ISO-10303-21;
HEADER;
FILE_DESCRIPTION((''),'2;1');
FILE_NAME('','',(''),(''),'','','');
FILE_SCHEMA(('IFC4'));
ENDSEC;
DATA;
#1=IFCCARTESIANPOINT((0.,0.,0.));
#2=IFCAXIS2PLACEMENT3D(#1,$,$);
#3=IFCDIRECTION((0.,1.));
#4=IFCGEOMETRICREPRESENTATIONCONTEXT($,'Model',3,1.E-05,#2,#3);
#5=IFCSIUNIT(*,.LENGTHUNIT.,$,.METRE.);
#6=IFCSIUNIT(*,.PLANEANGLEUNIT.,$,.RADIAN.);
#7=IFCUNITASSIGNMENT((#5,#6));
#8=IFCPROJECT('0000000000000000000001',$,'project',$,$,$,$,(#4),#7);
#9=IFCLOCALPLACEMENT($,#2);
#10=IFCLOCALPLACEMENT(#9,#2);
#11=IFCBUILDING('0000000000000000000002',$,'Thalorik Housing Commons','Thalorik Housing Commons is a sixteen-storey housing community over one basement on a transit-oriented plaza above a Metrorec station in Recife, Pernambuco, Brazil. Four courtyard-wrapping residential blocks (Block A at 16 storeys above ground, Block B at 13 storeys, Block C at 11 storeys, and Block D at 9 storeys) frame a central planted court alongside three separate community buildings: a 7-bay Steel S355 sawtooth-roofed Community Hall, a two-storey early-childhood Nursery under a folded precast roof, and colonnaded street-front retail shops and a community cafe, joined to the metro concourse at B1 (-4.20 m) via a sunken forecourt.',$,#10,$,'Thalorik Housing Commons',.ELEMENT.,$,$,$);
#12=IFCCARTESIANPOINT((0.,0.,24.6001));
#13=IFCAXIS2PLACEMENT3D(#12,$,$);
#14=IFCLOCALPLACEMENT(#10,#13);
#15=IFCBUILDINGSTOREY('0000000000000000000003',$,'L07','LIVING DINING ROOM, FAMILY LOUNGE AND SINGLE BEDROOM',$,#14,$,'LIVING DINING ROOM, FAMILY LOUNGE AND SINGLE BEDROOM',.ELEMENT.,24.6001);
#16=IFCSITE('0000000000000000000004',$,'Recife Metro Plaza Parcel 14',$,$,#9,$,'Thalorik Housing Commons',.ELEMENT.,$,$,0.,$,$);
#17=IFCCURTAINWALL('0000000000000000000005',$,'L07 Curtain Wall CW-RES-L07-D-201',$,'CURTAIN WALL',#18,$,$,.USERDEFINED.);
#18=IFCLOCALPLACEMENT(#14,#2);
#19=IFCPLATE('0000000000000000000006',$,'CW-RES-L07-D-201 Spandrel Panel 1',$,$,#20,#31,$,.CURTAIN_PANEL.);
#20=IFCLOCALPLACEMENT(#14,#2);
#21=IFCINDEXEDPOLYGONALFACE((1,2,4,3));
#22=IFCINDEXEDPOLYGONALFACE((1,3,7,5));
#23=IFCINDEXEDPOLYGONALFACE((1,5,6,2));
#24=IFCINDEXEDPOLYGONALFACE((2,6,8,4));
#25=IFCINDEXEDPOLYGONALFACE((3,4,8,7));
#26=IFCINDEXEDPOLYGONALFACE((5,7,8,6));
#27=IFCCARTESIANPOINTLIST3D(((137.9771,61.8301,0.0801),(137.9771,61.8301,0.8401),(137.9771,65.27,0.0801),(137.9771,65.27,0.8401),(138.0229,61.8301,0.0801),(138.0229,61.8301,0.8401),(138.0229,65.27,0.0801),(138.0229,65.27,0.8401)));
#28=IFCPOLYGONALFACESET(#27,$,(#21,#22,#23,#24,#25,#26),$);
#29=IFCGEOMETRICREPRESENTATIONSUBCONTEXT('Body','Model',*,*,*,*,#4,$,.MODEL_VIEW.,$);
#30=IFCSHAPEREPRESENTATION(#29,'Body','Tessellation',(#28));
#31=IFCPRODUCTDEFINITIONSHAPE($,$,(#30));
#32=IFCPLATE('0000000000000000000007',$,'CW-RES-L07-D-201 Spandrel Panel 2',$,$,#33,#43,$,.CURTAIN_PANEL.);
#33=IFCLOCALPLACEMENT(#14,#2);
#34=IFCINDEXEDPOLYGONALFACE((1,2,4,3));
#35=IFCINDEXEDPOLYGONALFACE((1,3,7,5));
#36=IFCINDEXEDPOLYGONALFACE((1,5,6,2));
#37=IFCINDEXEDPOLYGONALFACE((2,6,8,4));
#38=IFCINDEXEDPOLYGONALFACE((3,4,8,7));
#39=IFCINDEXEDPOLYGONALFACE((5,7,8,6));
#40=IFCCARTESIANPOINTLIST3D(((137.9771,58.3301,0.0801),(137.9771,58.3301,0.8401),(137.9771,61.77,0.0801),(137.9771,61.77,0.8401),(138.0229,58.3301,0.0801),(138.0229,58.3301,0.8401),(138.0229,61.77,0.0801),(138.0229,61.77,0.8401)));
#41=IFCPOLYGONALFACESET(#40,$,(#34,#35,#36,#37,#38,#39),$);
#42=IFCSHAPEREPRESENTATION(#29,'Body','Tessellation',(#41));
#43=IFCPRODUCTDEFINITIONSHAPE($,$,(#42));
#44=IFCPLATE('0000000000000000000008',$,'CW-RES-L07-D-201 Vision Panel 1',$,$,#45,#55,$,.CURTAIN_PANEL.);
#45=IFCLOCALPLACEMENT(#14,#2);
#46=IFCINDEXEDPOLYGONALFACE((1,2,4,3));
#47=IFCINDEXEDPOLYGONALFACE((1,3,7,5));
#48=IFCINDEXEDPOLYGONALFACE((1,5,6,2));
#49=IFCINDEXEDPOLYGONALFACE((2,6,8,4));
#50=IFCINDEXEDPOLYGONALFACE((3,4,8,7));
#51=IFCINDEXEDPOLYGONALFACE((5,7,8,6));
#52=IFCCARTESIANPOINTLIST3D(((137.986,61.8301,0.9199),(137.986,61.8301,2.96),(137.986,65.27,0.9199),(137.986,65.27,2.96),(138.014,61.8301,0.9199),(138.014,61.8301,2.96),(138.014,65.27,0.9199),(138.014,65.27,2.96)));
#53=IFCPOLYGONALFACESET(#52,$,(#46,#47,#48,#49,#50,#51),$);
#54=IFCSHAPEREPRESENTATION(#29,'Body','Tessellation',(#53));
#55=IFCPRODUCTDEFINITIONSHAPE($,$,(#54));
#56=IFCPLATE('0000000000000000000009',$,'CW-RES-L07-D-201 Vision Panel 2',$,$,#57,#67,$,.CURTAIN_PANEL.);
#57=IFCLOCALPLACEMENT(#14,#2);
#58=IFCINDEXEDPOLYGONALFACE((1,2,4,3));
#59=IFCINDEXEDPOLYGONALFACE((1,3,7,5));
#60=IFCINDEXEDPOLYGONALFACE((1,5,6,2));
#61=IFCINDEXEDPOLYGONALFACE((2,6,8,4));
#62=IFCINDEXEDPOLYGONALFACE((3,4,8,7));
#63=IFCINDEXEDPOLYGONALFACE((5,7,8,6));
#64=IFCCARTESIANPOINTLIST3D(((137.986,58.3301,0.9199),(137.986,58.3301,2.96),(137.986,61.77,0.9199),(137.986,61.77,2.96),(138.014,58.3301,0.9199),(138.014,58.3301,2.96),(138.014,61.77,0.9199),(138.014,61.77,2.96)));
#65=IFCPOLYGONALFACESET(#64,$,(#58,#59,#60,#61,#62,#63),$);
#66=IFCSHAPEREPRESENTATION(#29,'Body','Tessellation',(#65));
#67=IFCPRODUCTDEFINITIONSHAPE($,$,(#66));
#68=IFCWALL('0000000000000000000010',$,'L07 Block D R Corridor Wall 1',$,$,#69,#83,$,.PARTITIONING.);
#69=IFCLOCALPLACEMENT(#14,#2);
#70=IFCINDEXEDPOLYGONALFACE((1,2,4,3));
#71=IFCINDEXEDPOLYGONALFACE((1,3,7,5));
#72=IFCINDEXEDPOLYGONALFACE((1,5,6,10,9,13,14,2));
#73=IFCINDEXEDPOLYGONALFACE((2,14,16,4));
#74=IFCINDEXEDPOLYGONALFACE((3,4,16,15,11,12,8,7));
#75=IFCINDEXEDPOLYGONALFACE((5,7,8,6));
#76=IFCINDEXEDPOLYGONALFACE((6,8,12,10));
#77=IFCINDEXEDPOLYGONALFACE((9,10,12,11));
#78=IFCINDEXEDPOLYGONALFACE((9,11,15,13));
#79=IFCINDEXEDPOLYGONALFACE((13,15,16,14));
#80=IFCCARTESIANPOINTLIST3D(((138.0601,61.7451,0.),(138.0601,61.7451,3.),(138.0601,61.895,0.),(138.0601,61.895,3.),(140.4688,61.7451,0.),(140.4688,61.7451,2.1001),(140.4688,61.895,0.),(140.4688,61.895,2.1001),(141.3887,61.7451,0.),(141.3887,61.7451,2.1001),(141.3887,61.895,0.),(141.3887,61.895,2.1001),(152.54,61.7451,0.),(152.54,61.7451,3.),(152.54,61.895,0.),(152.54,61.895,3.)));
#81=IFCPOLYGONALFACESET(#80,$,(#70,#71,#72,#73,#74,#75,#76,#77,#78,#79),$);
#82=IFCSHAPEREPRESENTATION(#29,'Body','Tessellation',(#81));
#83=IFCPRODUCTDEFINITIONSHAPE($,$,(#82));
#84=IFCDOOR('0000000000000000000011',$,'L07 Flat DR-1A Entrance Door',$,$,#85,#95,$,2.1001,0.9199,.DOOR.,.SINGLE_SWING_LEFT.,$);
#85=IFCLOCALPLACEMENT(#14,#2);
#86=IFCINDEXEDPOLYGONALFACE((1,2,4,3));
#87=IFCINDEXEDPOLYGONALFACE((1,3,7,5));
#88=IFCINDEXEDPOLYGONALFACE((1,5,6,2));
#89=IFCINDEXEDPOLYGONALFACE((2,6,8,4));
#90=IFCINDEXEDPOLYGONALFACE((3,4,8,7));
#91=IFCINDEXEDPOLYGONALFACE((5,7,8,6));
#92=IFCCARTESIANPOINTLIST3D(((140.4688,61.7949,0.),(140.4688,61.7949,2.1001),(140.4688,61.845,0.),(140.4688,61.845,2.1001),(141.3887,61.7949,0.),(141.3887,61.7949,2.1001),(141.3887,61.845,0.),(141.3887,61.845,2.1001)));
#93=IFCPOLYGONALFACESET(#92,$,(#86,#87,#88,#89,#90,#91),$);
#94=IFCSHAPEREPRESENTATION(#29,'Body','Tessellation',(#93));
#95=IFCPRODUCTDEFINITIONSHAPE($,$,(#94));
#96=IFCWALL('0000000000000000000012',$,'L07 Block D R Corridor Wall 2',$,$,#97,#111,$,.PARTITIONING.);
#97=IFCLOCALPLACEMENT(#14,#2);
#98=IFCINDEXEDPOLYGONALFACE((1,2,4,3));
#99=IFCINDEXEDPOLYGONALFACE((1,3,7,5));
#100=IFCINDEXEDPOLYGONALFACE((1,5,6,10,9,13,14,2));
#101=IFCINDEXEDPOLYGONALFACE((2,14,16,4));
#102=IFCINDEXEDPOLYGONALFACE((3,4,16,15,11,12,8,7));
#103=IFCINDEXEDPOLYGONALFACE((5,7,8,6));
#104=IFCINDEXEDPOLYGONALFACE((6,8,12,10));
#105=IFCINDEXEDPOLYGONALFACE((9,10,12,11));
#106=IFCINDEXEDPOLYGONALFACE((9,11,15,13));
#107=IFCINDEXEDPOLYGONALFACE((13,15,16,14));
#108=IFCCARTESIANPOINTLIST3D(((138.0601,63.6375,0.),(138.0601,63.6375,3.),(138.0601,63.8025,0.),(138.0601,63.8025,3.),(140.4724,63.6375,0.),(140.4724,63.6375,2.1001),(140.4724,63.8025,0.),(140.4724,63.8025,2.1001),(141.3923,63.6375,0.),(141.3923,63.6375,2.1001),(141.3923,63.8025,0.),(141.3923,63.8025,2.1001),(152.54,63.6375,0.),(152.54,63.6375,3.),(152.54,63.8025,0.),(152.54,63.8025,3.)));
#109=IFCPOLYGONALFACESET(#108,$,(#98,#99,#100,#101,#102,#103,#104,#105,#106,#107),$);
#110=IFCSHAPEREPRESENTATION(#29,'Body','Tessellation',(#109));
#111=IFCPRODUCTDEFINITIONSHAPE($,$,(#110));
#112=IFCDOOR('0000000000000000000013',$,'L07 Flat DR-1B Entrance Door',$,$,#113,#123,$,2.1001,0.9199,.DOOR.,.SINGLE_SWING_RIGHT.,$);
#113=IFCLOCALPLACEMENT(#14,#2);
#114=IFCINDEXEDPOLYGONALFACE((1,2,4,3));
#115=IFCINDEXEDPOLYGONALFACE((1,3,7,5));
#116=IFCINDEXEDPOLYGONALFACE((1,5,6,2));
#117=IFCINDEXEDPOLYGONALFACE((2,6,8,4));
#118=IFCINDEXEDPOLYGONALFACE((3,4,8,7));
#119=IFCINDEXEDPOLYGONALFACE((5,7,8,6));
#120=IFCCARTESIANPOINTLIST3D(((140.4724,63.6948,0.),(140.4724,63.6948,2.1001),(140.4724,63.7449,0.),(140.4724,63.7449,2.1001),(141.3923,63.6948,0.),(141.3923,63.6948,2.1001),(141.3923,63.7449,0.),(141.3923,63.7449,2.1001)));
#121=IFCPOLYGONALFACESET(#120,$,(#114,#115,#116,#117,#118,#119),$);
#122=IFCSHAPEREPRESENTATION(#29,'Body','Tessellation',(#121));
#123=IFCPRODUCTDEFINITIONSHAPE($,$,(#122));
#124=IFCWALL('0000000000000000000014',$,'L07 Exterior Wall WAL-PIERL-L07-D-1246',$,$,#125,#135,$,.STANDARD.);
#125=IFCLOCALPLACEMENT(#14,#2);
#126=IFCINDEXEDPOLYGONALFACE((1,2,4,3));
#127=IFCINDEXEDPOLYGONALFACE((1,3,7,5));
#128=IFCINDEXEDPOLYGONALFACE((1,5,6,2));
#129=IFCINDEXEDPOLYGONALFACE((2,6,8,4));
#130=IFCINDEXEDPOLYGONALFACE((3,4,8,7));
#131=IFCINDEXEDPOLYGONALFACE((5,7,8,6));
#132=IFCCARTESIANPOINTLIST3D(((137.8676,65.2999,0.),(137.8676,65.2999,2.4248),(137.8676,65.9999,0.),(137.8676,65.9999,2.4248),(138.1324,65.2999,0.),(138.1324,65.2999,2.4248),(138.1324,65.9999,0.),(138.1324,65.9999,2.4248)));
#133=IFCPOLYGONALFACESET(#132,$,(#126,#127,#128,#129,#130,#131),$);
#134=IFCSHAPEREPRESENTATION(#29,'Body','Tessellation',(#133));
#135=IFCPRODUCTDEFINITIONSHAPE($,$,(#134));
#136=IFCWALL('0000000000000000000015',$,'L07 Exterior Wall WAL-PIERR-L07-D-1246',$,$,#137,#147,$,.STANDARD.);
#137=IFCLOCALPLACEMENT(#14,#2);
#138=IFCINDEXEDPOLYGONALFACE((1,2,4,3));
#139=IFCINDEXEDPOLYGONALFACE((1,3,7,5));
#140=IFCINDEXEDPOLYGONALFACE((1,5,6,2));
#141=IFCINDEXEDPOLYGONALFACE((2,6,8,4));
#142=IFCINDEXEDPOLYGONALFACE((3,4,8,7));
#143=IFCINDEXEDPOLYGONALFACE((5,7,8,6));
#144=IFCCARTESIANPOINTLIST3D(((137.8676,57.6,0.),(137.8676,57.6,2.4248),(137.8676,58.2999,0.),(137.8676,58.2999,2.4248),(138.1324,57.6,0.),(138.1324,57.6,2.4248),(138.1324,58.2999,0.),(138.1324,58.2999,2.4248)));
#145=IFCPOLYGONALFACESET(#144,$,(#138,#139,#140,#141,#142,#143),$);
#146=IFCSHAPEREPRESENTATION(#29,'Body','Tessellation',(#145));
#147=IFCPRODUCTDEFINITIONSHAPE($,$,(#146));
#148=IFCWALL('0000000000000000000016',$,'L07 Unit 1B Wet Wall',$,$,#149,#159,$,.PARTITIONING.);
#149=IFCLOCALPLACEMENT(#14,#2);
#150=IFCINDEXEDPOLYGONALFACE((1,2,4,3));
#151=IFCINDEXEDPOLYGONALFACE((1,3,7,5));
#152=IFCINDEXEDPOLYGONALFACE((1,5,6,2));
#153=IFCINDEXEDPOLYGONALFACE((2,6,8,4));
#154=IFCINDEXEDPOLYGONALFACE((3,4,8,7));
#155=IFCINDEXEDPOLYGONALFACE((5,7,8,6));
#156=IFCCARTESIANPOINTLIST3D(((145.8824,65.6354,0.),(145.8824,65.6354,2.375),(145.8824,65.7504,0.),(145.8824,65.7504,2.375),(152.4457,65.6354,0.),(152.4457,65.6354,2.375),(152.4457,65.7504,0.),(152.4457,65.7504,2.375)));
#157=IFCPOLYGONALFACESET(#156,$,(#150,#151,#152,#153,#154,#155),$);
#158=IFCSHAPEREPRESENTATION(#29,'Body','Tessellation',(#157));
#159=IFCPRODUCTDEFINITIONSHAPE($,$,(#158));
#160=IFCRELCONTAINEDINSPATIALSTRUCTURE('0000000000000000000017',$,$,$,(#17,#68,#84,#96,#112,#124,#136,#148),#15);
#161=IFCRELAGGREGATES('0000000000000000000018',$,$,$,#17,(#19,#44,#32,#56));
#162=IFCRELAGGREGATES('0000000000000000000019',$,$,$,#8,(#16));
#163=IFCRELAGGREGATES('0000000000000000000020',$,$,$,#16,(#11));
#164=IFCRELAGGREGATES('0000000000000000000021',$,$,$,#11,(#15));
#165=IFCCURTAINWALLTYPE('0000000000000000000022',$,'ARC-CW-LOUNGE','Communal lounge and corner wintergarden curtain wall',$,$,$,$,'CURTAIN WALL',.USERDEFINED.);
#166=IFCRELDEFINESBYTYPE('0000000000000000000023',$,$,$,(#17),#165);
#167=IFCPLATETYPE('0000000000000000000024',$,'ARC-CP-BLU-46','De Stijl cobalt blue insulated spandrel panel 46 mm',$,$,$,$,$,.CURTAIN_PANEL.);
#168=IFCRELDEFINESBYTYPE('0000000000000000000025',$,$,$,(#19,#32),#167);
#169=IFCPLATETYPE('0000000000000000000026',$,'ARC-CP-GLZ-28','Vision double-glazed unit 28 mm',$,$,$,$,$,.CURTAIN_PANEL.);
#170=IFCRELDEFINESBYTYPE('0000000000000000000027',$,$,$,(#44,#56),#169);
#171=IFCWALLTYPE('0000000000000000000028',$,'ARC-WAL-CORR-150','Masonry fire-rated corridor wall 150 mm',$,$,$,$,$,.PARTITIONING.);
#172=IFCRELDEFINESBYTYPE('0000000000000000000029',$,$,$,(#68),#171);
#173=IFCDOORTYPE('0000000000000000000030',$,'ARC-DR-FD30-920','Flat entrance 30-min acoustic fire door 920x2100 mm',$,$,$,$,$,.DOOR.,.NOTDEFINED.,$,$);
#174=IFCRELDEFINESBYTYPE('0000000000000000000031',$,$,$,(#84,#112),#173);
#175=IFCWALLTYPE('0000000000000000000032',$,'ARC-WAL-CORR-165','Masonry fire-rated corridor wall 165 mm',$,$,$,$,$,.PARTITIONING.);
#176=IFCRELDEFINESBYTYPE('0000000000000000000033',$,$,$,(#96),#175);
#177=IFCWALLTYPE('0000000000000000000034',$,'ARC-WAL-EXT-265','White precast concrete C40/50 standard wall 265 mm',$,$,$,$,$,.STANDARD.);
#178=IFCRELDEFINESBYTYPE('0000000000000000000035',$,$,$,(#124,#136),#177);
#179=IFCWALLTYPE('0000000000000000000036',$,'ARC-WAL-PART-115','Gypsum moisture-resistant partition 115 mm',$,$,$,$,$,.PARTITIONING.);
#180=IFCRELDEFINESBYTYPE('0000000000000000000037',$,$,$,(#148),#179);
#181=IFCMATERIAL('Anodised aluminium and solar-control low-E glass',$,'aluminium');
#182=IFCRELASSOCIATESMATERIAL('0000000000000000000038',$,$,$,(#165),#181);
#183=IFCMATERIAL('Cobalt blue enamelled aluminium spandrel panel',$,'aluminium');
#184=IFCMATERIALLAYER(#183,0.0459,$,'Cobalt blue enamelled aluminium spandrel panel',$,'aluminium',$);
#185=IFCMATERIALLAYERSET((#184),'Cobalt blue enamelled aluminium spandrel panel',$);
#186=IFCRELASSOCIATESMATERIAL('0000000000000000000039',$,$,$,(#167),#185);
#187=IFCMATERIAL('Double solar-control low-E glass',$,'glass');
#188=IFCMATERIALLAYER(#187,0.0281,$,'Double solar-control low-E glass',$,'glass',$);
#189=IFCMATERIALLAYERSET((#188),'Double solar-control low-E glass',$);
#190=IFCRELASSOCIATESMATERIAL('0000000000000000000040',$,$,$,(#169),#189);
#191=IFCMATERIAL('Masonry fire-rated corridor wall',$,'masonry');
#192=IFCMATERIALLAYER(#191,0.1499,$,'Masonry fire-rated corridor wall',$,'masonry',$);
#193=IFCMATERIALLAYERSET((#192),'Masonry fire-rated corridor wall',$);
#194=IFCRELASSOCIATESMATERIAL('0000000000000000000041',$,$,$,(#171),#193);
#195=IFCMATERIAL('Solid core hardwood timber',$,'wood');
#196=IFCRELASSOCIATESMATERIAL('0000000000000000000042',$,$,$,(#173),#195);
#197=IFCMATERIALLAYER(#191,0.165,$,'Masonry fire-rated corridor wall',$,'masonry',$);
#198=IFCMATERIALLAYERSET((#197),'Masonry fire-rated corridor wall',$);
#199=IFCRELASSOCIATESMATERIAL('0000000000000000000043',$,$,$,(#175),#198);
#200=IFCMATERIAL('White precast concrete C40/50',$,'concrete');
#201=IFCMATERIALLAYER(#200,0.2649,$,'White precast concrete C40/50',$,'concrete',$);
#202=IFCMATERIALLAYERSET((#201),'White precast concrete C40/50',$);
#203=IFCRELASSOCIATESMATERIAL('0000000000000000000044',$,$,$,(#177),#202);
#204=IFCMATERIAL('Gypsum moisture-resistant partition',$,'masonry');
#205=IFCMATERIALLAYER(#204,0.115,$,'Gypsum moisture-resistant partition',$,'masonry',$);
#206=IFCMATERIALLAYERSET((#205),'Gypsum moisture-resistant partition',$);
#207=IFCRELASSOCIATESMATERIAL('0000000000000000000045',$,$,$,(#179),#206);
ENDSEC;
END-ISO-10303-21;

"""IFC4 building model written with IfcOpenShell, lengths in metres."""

from ifc_helpers import new_model, si_unit, direction, frame, frame_2d, origin, origin_2d, place, context, subcontext, project, spatial, rectangle, extrude, material, layer, layer_set, type_object, element, fill, aggregate, save


model = new_model("IFC4")

# Units and contexts
model_context = context("Model", 3, precision=1e-05, world=origin(), true_north=direction((0.0, 1.0)))
body_context = subcontext(model_context, "Body", "Model", "MODEL_VIEW")
ifc_project = project(units=[si_unit("LENGTHUNIT", "METRE"), si_unit("PLANEANGLEUNIT", "RADIAN")], contexts=[model_context])

# Site, building, storey
site_placement = place(None, origin())
site = spatial("IfcSite", under=ifc_project, at=site_placement, Name="Recife Metro Plaza Parcel 14", LongName="Thalorik Housing Commons", CompositionType="ELEMENT", RefElevation=0.0)
building_placement = place(site_placement, origin())
building = spatial("IfcBuilding", under=site, at=building_placement, Name="Thalorik Housing Commons", Description="Thalorik Housing Commons is a sixteen-storey housing community over one basement on a transit-oriented plaza above a Metrorec station in Recife, Pernambuco, Brazil. Four courtyard-wrapping residential blocks (Block A at 16 storeys above ground, Block B at 13 storeys, Block C at 11 storeys, and Block D at 9 storeys) frame a central planted court alongside three separate community buildings: a 7-bay Steel S355 sawtooth-roofed Community Hall, a two-storey early-childhood Nursery under a folded precast roof, and colonnaded street-front retail shops and a community cafe, joined to the metro concourse at B1 (-4.20 m) via a sunken forecourt.", LongName="Thalorik Housing Commons", CompositionType="ELEMENT")
storey_placement = place(building_placement, frame((0.0, 0.0, 24.6001)))
storey = spatial("IfcBuildingStorey", under=building, at=storey_placement, Name="L07", Description="LIVING DINING ROOM, FAMILY LOUNGE AND SINGLE BEDROOM", LongName="LIVING DINING ROOM, FAMILY LOUNGE AND SINGLE BEDROOM", CompositionType="ELEMENT", Elevation=24.6001)

# Curtain wall
ifc_material_1 = material(Name="Anodised aluminium and solar-control low-E glass", Category="aluminium")
curtain_wall_type = type_object("IfcCurtainWallType", Name="ARC-CW-LOUNGE", Description="Communal lounge and corner wintergarden curtain wall", ElementType="CURTAIN WALL", PredefinedType="USERDEFINED", material=ifc_material_1)
curtain_wall_placement = place(storey_placement, origin())
curtain_wall = element("IfcCurtainWall", 1, at=curtain_wall_placement, inside=storey, type_object=curtain_wall_type, Name="L07 Curtain Wall CW-RES-L07-D-201", ObjectType="CURTAIN WALL", PredefinedType="USERDEFINED")

# Plates
ifc_material_2 = material(Name="Cobalt blue enamelled aluminium spandrel panel", Category="aluminium")
ifc_layer_1 = layer(ifc_material_2, 0.0459, Name="Cobalt blue enamelled aluminium spandrel panel", Category="aluminium")
ifc_layer_set_1 = layer_set([ifc_layer_1], Name="Cobalt blue enamelled aluminium spandrel panel")
plate_type_1 = type_object("IfcPlateType", Name="ARC-CP-BLU-46", Description="De Stijl cobalt blue insulated spandrel panel 46 mm", PredefinedType="CURTAIN_PANEL", material=ifc_layer_set_1)
plate_1_placement = place(storey_placement, frame((138.0, 63.55, 0.0801), z_axis=(0.0, 0.0, 1.0), x_axis=(0.0, -1.0, 0.0)))
plate_1 = element("IfcPlate", 2, at=plate_1_placement, type_object=plate_type_1, Name="CW-RES-L07-D-201 Spandrel Panel 1", PredefinedType="CURTAIN_PANEL", context=body_context, shape_type="SweptSolid", body=[
    extrude(rectangle(XDim=3.4399, YDim=0.0459, at=origin_2d()), origin(), (0.0, 0.0, 1.0), 0.76),
])
plate_2_placement = place(storey_placement, frame((138.0, 60.05, 0.0801), z_axis=(0.0, 0.0, 1.0), x_axis=(0.0, -1.0, 0.0)))
plate_2 = element("IfcPlate", 3, at=plate_2_placement, type_object=plate_type_1, Name="CW-RES-L07-D-201 Spandrel Panel 2", PredefinedType="CURTAIN_PANEL", context=body_context, shape_type="SweptSolid", body=[
    extrude(rectangle(XDim=3.4399, YDim=0.0459, at=origin_2d()), origin(), (0.0, 0.0, 1.0), 0.76),
])
ifc_material_3 = material(Name="Double solar-control low-E glass", Category="glass")
ifc_layer_2 = layer(ifc_material_3, 0.0281, Name="Double solar-control low-E glass", Category="glass")
ifc_layer_set_2 = layer_set([ifc_layer_2], Name="Double solar-control low-E glass")
plate_type_2 = type_object("IfcPlateType", Name="ARC-CP-GLZ-28", Description="Vision double-glazed unit 28 mm", PredefinedType="CURTAIN_PANEL", material=ifc_layer_set_2)
plate_3_placement = place(storey_placement, frame((138.0, 63.55, 0.9199), z_axis=(0.0, 0.0, 1.0), x_axis=(0.0, -1.0, 0.0)))
plate_3 = element("IfcPlate", 4, at=plate_3_placement, type_object=plate_type_2, Name="CW-RES-L07-D-201 Vision Panel 1", PredefinedType="CURTAIN_PANEL", context=body_context, shape_type="SweptSolid", body=[
    extrude(rectangle(XDim=3.4399, YDim=0.0281, at=origin_2d()), origin(), (0.0, 0.0, 1.0), 2.04),
])
plate_4_placement = place(storey_placement, frame((138.0, 60.05, 0.9199), z_axis=(0.0, 0.0, 1.0), x_axis=(0.0, -1.0, 0.0)))
plate_4 = element("IfcPlate", 5, at=plate_4_placement, type_object=plate_type_2, Name="CW-RES-L07-D-201 Vision Panel 2", PredefinedType="CURTAIN_PANEL", context=body_context, shape_type="SweptSolid", body=[
    extrude(rectangle(XDim=3.4399, YDim=0.0281, at=origin_2d()), origin(), (0.0, 0.0, 1.0), 2.04),
])
aggregate(curtain_wall, [plate_1, plate_3, plate_2, plate_4])

# Walls, openings, doors
ifc_material_4 = material(Name="Masonry fire-rated corridor wall", Category="masonry")
ifc_layer_3 = layer(ifc_material_4, 0.1499, Name="Masonry fire-rated corridor wall", Category="masonry")
ifc_layer_set_3 = layer_set([ifc_layer_3], Name="Masonry fire-rated corridor wall")
wall_type_1 = type_object("IfcWallType", Name="ARC-WAL-CORR-150", Description="Masonry fire-rated corridor wall 150 mm", PredefinedType="PARTITIONING", material=ifc_layer_set_3)
wall_1_placement = place(storey_placement, frame((138.0601, 61.8201, 0.0), z_axis=(0.0, 0.0, 1.0), x_axis=(1.0, 0.0, 0.0)))
wall_1 = element("IfcWall", 6, at=wall_1_placement, inside=storey, type_object=wall_type_1, Name="L07 Block D R Corridor Wall 1", PredefinedType="PARTITIONING", context=body_context, shape_type="SweptSolid", body=[
    extrude(rectangle(XDim=14.48, YDim=0.1499, at=frame_2d((7.24, 0.0))), origin(), (0.0, 0.0, 1.0), 3.0),
])
opening_1_placement = place(wall_1_placement, frame((2.4087, 0.0, 0.0)))
opening_1 = element("IfcOpeningElement", 7, at=opening_1_placement, cuts=wall_1, PredefinedType="OPENING", context=body_context, shape_type="SweptSolid", body=[
    extrude(rectangle(XDim=0.9199, YDim=2.1001, at=frame_2d((0.46, 1.05))), frame((0.0, 0.085, 0.0), z_axis=(0.0, -1.0, 0.0), x_axis=(1.0, 0.0, 0.0)), (0.0, 0.0, 1.0), 0.1699),
])
ifc_material_5 = material(Name="Solid core hardwood timber", Category="wood")
door_type_1 = type_object("IfcDoorType", Name="ARC-DR-FD30-920", Description="Flat entrance 30-min acoustic fire door 920x2100 mm", OperationType="NOTDEFINED", PredefinedType="DOOR", material=ifc_material_5)
door_1_placement = place(opening_1_placement, origin())
door_1 = element("IfcDoor", 8, at=door_1_placement, inside=storey, type_object=door_type_1, Name="L07 Flat DR-1A Entrance Door", OperationType="SINGLE_SWING_LEFT", OverallHeight=2.1001, OverallWidth=0.9199, PredefinedType="DOOR", context=body_context, shape_type="SweptSolid", body=[
    extrude(rectangle(XDim=0.9199, YDim=2.1001, at=frame_2d((0.46, 1.05))), frame((0.0, 0.0249, 0.0), z_axis=(0.0, -1.0, 0.0), x_axis=(1.0, 0.0, 0.0)), (0.0, 0.0, 1.0), 0.05),
])
fill(opening_1, door_1)
ifc_layer_4 = layer(ifc_material_4, 0.165, Name="Masonry fire-rated corridor wall", Category="masonry")
ifc_layer_set_4 = layer_set([ifc_layer_4], Name="Masonry fire-rated corridor wall")
wall_type_2 = type_object("IfcWallType", Name="ARC-WAL-CORR-165", Description="Masonry fire-rated corridor wall 165 mm", PredefinedType="PARTITIONING", material=ifc_layer_set_4)
wall_2_placement = place(storey_placement, frame((138.0601, 63.72, 0.0), z_axis=(0.0, 0.0, 1.0), x_axis=(1.0, 0.0, 0.0)))
wall_2 = element("IfcWall", 9, at=wall_2_placement, inside=storey, type_object=wall_type_2, Name="L07 Block D R Corridor Wall 2", PredefinedType="PARTITIONING", context=body_context, shape_type="SweptSolid", body=[
    extrude(rectangle(XDim=14.48, YDim=0.165, at=frame_2d((7.24, 0.0))), origin(), (0.0, 0.0, 1.0), 3.0),
])
opening_2_placement = place(wall_2_placement, frame((2.4124, 0.0, 0.0)))
opening_2 = element("IfcOpeningElement", 10, at=opening_2_placement, cuts=wall_2, PredefinedType="OPENING", context=body_context, shape_type="SweptSolid", body=[
    extrude(rectangle(XDim=0.9199, YDim=2.1001, at=frame_2d((0.46, 1.05))), frame((0.0, 0.0925, 0.0), z_axis=(0.0, -1.0, 0.0), x_axis=(1.0, 0.0, 0.0)), (0.0, 0.0, 1.0), 0.1851),
])
door_2_placement = place(opening_2_placement, origin())
door_2 = element("IfcDoor", 11, at=door_2_placement, inside=storey, type_object=door_type_1, Name="L07 Flat DR-1B Entrance Door", OperationType="SINGLE_SWING_RIGHT", OverallHeight=2.1001, OverallWidth=0.9199, PredefinedType="DOOR", context=body_context, shape_type="SweptSolid", body=[
    extrude(rectangle(XDim=0.9199, YDim=2.1001, at=frame_2d((0.46, 1.05))), frame((0.0, 0.0249, 0.0), z_axis=(0.0, -1.0, 0.0), x_axis=(1.0, 0.0, 0.0)), (0.0, 0.0, 1.0), 0.05),
])
fill(opening_2, door_2)

# Walls
ifc_material_6 = material(Name="White precast concrete C40/50", Category="concrete")
ifc_layer_5 = layer(ifc_material_6, 0.2649, Name="White precast concrete C40/50", Category="concrete")
ifc_layer_set_5 = layer_set([ifc_layer_5], Name="White precast concrete C40/50")
wall_type_3 = type_object("IfcWallType", Name="ARC-WAL-EXT-265", Description="White precast concrete C40/50 standard wall 265 mm", PredefinedType="STANDARD", material=ifc_layer_set_5)
for number, where, z_axis, x_axis, name in (
    (12, (138.0, 66.0, 0.0), (0.0, 0.0, 1.0), (0.0, -1.0, 0.0), "L07 Exterior Wall WAL-PIERL-L07-D-1246"),
    (13, (138.0, 58.3, 0.0), (0.0, 0.0, 1.0), (0.0, -1.0, 0.0), "L07 Exterior Wall WAL-PIERR-L07-D-1246"),
):
    element("IfcWall", number, at=place(storey_placement, frame(where, z_axis=z_axis, x_axis=x_axis)), inside=storey, type_object=wall_type_3, Name=name, PredefinedType="STANDARD", context=body_context, shape_type="SweptSolid", body=[
        extrude(rectangle(XDim=0.7, YDim=0.2649, at=frame_2d((0.3501, 0.0))), origin(), (0.0, 0.0, 1.0), 2.4248),
    ])
ifc_material_7 = material(Name="Gypsum moisture-resistant partition", Category="masonry")
ifc_layer_6 = layer(ifc_material_7, 0.115, Name="Gypsum moisture-resistant partition", Category="masonry")
ifc_layer_set_6 = layer_set([ifc_layer_6], Name="Gypsum moisture-resistant partition")
wall_type_4 = type_object("IfcWallType", Name="ARC-WAL-PART-115", Description="Gypsum moisture-resistant partition 115 mm", PredefinedType="PARTITIONING", material=ifc_layer_set_6)
wall_3_placement = place(storey_placement, frame((145.8823, 65.6929, 0.0), z_axis=(0.0, 0.0, 1.0), x_axis=(1.0, 0.0, 0.0)))
element("IfcWall", 14, at=wall_3_placement, inside=storey, type_object=wall_type_4, Name="L07 Unit 1B Wet Wall", PredefinedType="PARTITIONING", context=body_context, shape_type="SweptSolid", body=[
    extrude(rectangle(XDim=6.5632, YDim=0.115, at=frame_2d((3.2817, 0.0))), origin(), (0.0, 0.0, 1.0), 2.375),
])

save(model, "model.ifc")
